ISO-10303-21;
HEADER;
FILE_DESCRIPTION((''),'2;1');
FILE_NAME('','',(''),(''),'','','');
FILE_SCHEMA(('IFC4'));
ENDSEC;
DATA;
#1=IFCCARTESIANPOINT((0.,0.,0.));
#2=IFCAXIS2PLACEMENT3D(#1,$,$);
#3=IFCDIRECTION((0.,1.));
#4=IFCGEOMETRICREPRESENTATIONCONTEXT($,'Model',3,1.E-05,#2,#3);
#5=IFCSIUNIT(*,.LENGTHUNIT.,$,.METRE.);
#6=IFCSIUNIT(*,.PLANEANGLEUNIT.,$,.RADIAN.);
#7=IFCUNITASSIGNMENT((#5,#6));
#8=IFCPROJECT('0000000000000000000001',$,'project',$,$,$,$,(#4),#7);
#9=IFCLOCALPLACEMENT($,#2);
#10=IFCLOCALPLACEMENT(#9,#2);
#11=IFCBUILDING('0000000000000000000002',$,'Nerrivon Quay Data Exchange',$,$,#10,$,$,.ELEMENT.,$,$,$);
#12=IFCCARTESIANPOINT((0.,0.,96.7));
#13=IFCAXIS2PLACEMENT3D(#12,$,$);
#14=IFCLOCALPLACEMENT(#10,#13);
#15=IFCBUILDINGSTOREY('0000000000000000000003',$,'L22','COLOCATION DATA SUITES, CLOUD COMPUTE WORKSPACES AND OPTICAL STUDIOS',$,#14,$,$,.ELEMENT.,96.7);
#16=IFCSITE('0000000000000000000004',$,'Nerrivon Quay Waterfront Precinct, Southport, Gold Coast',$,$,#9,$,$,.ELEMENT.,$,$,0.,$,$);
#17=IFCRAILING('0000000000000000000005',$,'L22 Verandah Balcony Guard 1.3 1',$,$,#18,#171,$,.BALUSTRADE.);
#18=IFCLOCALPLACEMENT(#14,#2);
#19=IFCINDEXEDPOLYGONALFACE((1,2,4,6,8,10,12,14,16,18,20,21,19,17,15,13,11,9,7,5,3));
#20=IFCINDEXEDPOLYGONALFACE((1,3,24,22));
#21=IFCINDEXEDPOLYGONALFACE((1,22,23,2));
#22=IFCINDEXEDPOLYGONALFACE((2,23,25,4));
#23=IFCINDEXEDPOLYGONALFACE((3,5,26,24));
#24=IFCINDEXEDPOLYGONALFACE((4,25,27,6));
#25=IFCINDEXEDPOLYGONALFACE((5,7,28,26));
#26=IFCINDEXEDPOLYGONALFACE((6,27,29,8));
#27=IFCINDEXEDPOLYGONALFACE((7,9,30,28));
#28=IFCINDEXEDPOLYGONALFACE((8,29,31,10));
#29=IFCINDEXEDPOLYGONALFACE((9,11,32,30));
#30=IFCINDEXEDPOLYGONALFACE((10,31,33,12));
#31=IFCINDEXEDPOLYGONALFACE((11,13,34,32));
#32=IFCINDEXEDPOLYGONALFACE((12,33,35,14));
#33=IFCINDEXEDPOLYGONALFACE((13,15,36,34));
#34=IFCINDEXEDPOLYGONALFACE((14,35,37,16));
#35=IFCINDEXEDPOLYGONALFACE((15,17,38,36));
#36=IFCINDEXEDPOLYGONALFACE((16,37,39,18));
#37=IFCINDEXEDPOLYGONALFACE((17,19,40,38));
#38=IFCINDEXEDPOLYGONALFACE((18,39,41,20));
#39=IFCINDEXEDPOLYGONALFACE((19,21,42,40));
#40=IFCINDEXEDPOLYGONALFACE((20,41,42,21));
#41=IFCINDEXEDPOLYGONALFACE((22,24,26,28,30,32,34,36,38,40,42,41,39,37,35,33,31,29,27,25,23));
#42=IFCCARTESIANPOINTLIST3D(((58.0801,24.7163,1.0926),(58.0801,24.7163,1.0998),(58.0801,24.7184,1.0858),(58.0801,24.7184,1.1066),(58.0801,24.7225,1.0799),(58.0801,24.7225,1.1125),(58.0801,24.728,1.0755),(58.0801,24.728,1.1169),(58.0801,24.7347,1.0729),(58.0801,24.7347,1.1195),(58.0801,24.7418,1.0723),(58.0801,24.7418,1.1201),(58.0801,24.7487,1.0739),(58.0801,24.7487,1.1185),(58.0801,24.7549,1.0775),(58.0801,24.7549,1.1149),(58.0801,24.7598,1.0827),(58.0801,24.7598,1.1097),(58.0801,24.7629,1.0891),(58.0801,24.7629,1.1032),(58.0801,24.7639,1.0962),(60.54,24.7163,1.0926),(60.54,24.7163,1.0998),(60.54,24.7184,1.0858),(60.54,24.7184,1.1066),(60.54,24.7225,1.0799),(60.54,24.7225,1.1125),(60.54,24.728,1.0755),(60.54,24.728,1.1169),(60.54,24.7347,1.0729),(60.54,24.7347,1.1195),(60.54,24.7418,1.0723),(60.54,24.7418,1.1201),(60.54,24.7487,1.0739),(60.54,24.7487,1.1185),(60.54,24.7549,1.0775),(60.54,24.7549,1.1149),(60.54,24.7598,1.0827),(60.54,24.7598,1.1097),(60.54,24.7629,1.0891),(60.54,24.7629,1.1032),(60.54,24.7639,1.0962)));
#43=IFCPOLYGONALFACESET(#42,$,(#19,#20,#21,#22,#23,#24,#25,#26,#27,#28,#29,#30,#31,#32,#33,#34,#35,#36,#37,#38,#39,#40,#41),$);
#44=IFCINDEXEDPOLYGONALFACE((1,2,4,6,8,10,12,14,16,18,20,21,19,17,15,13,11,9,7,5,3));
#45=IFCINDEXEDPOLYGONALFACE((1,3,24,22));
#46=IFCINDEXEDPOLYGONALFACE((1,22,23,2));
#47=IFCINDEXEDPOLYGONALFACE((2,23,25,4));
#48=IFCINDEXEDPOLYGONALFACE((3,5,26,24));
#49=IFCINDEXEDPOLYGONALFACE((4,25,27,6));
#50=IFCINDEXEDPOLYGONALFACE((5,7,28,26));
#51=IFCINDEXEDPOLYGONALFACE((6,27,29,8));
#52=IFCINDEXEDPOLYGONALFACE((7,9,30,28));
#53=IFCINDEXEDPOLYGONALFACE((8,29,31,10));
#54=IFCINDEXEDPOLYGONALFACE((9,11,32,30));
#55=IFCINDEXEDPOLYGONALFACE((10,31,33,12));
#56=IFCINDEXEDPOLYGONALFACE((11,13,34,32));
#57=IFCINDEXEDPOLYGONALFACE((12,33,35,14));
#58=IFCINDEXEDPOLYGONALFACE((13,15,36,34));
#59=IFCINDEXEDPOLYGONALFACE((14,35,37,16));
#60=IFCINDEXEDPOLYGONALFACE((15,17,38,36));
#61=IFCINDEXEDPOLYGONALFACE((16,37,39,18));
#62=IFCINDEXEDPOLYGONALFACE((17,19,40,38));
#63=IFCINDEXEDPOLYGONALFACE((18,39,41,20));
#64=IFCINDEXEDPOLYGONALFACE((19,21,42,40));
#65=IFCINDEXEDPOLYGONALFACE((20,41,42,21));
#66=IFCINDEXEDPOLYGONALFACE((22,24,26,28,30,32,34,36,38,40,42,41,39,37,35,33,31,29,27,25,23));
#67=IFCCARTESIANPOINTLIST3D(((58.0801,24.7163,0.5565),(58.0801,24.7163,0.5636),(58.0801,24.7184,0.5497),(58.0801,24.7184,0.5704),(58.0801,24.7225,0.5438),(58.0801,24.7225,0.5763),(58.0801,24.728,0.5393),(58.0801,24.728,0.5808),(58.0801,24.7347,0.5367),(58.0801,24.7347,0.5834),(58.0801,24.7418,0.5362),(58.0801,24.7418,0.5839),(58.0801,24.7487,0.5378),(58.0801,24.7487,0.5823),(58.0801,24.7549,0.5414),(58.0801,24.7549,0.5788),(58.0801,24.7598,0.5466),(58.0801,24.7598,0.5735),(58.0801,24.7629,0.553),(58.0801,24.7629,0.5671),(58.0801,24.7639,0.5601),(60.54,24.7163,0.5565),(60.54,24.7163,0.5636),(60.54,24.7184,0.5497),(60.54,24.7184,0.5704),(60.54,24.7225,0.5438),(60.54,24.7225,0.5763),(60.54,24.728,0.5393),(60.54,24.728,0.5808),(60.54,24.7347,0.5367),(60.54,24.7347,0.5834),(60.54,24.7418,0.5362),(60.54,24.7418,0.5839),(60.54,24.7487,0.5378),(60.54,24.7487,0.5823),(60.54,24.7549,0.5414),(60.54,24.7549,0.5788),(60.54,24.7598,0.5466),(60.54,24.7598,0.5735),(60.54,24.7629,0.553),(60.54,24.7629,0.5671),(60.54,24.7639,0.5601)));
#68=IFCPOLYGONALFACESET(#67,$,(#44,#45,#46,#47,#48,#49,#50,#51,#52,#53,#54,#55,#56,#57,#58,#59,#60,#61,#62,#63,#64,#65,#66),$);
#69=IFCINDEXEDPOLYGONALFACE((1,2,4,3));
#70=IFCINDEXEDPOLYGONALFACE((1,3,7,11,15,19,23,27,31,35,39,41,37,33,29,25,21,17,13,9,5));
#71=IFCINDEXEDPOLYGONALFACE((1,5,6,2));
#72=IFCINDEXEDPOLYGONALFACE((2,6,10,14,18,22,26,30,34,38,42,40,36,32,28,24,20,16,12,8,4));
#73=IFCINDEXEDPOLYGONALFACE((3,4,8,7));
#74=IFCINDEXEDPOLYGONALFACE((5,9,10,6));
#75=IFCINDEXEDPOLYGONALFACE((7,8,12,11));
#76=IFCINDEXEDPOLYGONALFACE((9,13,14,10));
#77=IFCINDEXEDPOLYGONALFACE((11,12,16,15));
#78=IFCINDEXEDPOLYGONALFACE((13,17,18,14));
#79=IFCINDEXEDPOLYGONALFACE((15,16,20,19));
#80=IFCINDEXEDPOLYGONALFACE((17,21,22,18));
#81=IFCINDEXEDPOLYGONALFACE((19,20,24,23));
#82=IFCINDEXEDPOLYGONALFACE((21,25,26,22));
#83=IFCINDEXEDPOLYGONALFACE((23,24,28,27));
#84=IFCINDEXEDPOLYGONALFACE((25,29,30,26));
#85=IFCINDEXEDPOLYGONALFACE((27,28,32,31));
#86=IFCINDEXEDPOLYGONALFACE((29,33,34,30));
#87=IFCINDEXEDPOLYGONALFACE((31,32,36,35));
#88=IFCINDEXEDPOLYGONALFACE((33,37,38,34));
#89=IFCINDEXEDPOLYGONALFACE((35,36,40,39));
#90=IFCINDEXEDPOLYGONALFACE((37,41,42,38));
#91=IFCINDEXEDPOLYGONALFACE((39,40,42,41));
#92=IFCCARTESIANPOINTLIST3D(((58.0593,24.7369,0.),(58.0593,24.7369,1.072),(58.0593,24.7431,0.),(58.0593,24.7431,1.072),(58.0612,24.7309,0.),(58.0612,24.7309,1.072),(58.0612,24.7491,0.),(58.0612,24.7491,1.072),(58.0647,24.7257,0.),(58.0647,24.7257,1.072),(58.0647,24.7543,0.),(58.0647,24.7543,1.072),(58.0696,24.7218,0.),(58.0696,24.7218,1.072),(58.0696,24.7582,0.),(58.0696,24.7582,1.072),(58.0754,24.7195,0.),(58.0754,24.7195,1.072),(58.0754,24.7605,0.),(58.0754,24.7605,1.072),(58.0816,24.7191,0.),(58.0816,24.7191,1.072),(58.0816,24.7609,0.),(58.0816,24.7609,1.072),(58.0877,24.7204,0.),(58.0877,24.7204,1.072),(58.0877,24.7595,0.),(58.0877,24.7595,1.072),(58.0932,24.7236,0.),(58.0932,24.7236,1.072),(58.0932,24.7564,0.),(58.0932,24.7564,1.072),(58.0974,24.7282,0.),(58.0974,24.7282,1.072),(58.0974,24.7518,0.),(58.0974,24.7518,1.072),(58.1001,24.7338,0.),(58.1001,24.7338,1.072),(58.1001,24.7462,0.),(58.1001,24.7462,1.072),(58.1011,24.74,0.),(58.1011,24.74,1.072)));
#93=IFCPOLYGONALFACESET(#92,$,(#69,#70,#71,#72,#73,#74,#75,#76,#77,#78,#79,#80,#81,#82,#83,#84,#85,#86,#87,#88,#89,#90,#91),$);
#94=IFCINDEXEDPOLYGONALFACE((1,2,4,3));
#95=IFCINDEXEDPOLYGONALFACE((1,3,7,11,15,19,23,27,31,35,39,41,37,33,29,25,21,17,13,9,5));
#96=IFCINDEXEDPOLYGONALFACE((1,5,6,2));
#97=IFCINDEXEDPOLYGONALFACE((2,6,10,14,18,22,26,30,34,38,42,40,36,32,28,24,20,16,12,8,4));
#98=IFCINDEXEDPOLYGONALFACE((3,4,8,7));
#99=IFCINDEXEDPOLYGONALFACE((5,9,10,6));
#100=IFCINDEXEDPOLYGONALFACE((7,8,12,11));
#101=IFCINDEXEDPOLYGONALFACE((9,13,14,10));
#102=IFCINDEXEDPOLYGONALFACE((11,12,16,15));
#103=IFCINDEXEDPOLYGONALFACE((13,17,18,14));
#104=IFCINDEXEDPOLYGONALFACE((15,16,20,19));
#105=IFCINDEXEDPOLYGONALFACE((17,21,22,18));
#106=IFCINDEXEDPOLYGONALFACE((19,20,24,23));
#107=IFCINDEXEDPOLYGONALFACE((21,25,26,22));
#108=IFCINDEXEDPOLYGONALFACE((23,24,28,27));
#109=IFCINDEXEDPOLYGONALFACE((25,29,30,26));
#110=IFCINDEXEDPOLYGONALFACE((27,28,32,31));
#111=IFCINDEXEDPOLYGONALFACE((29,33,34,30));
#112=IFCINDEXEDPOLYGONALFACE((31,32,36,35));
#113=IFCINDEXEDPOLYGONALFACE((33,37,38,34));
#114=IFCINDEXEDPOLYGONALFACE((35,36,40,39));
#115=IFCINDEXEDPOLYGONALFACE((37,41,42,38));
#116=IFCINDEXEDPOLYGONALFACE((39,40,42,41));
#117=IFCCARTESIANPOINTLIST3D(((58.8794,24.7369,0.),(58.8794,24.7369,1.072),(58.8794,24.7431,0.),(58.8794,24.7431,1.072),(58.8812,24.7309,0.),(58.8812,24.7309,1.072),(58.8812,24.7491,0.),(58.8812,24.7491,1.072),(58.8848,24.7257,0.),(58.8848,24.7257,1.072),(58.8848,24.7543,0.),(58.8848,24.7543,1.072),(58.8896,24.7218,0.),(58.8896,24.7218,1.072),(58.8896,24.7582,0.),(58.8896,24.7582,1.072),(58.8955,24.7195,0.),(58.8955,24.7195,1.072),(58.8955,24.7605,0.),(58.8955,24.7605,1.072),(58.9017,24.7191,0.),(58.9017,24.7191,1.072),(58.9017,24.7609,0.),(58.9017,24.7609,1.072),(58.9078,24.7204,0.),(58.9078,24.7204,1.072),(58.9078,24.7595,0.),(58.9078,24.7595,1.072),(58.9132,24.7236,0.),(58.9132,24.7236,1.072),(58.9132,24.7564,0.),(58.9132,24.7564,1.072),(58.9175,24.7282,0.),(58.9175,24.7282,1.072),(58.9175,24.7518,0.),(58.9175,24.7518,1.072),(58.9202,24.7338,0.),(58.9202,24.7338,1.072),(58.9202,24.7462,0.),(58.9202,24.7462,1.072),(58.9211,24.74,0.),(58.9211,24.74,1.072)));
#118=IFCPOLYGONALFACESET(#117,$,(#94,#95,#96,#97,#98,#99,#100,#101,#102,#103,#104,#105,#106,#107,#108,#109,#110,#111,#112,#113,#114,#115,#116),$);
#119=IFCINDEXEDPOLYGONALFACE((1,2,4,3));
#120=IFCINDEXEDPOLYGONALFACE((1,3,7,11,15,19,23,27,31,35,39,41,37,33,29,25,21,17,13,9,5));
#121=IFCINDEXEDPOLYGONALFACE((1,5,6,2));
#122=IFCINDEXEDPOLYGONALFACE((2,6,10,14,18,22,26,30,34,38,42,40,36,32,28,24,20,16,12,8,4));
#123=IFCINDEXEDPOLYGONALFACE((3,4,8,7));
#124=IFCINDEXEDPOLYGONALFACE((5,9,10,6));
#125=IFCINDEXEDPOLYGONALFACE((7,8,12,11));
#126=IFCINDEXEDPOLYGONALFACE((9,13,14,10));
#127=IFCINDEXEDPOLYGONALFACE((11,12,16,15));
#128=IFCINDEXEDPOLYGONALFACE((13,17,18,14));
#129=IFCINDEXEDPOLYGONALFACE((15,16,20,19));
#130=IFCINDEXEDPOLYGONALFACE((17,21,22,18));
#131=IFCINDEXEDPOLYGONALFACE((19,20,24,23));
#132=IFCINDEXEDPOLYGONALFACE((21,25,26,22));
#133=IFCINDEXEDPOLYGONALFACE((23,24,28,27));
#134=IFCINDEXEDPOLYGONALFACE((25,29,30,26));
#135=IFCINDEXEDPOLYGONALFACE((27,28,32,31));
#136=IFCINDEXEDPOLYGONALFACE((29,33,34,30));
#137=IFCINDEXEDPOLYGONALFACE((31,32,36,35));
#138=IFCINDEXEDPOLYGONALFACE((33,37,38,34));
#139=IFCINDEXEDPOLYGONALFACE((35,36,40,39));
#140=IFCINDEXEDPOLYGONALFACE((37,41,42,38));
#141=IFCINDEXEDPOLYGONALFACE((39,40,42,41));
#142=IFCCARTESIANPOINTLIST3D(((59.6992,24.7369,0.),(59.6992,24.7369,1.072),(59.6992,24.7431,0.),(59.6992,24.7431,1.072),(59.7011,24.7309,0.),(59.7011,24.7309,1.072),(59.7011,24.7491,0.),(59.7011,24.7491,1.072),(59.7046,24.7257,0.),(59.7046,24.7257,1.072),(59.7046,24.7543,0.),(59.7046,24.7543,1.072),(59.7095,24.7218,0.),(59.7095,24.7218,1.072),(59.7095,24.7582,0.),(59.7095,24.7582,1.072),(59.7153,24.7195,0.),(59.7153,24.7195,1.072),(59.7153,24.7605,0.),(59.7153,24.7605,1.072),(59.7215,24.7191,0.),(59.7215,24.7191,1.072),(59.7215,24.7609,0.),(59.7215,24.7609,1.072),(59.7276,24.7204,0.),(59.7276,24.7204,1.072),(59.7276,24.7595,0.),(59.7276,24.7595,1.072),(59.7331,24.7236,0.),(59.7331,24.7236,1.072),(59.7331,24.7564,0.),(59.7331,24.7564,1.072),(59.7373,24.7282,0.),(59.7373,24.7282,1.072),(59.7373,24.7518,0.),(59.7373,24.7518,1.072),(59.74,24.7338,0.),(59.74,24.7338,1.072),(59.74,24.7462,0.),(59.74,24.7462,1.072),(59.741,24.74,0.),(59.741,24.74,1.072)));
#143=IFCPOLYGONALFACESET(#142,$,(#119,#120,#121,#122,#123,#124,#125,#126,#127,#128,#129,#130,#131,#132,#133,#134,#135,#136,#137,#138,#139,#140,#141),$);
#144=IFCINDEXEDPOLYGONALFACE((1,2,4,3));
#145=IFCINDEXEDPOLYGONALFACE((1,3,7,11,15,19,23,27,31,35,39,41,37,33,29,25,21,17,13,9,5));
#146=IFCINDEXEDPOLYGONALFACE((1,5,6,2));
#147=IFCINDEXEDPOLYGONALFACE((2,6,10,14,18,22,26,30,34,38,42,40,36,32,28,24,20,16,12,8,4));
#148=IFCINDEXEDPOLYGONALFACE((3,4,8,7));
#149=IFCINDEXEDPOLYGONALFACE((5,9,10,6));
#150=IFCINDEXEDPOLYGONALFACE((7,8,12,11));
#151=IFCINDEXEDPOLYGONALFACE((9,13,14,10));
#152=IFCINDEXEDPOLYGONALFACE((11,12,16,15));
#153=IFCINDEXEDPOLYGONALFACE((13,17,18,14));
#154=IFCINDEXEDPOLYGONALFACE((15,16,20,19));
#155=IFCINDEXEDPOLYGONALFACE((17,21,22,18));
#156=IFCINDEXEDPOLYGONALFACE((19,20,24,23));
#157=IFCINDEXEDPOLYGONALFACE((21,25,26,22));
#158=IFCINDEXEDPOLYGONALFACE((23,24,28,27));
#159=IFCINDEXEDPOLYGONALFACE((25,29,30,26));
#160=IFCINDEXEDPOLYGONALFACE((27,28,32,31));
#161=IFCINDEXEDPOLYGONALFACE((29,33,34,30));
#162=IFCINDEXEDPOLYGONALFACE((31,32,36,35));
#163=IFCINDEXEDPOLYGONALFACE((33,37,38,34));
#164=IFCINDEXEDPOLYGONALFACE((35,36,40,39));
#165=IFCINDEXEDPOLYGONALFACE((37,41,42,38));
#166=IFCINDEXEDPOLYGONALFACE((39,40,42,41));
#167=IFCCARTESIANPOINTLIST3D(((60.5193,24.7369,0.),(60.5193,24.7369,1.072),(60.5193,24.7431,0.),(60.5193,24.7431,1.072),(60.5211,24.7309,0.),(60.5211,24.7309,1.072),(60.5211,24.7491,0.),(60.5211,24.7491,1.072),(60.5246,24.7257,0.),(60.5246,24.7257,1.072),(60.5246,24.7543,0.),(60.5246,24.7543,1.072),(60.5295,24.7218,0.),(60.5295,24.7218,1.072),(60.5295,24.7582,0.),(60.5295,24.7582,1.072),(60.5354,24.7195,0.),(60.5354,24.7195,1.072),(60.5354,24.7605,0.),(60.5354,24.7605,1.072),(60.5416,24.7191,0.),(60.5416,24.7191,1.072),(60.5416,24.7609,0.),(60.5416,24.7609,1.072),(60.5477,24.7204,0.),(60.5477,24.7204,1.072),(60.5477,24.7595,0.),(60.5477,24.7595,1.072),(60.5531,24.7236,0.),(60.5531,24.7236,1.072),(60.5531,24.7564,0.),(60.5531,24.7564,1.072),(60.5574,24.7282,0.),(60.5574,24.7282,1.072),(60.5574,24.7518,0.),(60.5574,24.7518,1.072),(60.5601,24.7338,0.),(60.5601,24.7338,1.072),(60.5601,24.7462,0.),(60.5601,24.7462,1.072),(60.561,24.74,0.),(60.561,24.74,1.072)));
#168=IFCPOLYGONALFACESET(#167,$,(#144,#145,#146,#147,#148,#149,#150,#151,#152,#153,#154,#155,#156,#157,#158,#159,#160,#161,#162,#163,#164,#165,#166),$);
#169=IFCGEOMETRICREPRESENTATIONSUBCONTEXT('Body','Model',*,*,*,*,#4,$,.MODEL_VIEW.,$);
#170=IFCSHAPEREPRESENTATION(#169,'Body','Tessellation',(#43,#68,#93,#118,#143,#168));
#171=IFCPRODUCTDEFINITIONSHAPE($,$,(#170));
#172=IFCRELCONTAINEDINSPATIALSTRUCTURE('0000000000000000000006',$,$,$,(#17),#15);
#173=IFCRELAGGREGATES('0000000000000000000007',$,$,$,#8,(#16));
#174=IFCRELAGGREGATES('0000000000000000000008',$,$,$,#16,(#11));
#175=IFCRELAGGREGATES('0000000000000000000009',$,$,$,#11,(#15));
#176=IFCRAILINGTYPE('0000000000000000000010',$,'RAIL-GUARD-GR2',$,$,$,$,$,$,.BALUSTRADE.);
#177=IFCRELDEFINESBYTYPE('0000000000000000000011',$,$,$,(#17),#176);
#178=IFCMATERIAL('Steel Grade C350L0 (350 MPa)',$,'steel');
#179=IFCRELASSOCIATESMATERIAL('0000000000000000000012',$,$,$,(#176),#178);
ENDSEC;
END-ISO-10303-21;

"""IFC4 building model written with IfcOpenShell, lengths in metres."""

from ifc_helpers import new_model, si_unit, direction, frame, origin, origin_2d, place, context, subcontext, project, spatial, circle, extrude, material, type_object, element, save


model = new_model("IFC4")

# Units and contexts
model_context = context("Model", 3, precision=1e-05, world=origin(), true_north=direction((0.0, 1.0)))
body_context = subcontext(model_context, "Body", "Model", "MODEL_VIEW")
ifc_project = project(units=[si_unit("LENGTHUNIT", "METRE"), si_unit("PLANEANGLEUNIT", "RADIAN")], contexts=[model_context])

# Site, building, storey
site_placement = place(None, origin())
site = spatial("IfcSite", under=ifc_project, at=site_placement, Name="Nerrivon Quay Waterfront Precinct, Southport, Gold Coast", CompositionType="ELEMENT", RefElevation=0.0)
building_placement = place(site_placement, origin())
building = spatial("IfcBuilding", under=site, at=building_placement, Name="Nerrivon Quay Data Exchange", CompositionType="ELEMENT")
storey_placement = place(building_placement, frame((0.0, 0.0, 96.7)))
storey = spatial("IfcBuildingStorey", under=building, at=storey_placement, Name="L22", Description="COLOCATION DATA SUITES, CLOUD COMPUTE WORKSPACES AND OPTICAL STUDIOS", CompositionType="ELEMENT", Elevation=96.7)

# Railing
ifc_material_1 = material(Name="Steel Grade C350L0 (350 MPa)", Category="steel")
railing_type = type_object("IfcRailingType", Name="RAIL-GUARD-GR2", PredefinedType="BALUSTRADE", material=ifc_material_1)
railing_1_placement = place(storey_placement, frame((58.0801, 24.74, 0.0)))
element("IfcRailing", 1, at=railing_1_placement, inside=storey, type_object=railing_type, Name="L22 Verandah Balcony Guard 1.3 1", PredefinedType="BALUSTRADE", context=body_context, shape_type="SweptSolid", body=[
    extrude(circle(Radius=0.0239, at=origin_2d()), frame((0.0, 0.0, 1.0962), z_axis=(1.0, 0.0, 0.0), x_axis=(0.0, 1.0, 0.0)), (0.0, 0.0, 1.0), 2.46),
    extrude(circle(Radius=0.0239, at=origin_2d()), frame((0.0, 0.0, 0.5601), z_axis=(1.0, 0.0, 0.0), x_axis=(0.0, 1.0, 0.0)), (0.0, 0.0, 1.0), 2.46),
    extrude(circle(Radius=0.021, at=origin_2d()), origin(), (0.0, 0.0, 1.0), 1.072),
    extrude(circle(Radius=0.021, at=origin_2d()), frame((0.8201, 0.0, 0.0)), (0.0, 0.0, 1.0), 1.072),
    extrude(circle(Radius=0.021, at=origin_2d()), frame((1.6399, 0.0, 0.0)), (0.0, 0.0, 1.0), 1.072),
    extrude(circle(Radius=0.021, at=origin_2d()), frame((2.46, 0.0, 0.0)), (0.0, 0.0, 1.0), 1.072),
])

save(model, "model.ifc")
